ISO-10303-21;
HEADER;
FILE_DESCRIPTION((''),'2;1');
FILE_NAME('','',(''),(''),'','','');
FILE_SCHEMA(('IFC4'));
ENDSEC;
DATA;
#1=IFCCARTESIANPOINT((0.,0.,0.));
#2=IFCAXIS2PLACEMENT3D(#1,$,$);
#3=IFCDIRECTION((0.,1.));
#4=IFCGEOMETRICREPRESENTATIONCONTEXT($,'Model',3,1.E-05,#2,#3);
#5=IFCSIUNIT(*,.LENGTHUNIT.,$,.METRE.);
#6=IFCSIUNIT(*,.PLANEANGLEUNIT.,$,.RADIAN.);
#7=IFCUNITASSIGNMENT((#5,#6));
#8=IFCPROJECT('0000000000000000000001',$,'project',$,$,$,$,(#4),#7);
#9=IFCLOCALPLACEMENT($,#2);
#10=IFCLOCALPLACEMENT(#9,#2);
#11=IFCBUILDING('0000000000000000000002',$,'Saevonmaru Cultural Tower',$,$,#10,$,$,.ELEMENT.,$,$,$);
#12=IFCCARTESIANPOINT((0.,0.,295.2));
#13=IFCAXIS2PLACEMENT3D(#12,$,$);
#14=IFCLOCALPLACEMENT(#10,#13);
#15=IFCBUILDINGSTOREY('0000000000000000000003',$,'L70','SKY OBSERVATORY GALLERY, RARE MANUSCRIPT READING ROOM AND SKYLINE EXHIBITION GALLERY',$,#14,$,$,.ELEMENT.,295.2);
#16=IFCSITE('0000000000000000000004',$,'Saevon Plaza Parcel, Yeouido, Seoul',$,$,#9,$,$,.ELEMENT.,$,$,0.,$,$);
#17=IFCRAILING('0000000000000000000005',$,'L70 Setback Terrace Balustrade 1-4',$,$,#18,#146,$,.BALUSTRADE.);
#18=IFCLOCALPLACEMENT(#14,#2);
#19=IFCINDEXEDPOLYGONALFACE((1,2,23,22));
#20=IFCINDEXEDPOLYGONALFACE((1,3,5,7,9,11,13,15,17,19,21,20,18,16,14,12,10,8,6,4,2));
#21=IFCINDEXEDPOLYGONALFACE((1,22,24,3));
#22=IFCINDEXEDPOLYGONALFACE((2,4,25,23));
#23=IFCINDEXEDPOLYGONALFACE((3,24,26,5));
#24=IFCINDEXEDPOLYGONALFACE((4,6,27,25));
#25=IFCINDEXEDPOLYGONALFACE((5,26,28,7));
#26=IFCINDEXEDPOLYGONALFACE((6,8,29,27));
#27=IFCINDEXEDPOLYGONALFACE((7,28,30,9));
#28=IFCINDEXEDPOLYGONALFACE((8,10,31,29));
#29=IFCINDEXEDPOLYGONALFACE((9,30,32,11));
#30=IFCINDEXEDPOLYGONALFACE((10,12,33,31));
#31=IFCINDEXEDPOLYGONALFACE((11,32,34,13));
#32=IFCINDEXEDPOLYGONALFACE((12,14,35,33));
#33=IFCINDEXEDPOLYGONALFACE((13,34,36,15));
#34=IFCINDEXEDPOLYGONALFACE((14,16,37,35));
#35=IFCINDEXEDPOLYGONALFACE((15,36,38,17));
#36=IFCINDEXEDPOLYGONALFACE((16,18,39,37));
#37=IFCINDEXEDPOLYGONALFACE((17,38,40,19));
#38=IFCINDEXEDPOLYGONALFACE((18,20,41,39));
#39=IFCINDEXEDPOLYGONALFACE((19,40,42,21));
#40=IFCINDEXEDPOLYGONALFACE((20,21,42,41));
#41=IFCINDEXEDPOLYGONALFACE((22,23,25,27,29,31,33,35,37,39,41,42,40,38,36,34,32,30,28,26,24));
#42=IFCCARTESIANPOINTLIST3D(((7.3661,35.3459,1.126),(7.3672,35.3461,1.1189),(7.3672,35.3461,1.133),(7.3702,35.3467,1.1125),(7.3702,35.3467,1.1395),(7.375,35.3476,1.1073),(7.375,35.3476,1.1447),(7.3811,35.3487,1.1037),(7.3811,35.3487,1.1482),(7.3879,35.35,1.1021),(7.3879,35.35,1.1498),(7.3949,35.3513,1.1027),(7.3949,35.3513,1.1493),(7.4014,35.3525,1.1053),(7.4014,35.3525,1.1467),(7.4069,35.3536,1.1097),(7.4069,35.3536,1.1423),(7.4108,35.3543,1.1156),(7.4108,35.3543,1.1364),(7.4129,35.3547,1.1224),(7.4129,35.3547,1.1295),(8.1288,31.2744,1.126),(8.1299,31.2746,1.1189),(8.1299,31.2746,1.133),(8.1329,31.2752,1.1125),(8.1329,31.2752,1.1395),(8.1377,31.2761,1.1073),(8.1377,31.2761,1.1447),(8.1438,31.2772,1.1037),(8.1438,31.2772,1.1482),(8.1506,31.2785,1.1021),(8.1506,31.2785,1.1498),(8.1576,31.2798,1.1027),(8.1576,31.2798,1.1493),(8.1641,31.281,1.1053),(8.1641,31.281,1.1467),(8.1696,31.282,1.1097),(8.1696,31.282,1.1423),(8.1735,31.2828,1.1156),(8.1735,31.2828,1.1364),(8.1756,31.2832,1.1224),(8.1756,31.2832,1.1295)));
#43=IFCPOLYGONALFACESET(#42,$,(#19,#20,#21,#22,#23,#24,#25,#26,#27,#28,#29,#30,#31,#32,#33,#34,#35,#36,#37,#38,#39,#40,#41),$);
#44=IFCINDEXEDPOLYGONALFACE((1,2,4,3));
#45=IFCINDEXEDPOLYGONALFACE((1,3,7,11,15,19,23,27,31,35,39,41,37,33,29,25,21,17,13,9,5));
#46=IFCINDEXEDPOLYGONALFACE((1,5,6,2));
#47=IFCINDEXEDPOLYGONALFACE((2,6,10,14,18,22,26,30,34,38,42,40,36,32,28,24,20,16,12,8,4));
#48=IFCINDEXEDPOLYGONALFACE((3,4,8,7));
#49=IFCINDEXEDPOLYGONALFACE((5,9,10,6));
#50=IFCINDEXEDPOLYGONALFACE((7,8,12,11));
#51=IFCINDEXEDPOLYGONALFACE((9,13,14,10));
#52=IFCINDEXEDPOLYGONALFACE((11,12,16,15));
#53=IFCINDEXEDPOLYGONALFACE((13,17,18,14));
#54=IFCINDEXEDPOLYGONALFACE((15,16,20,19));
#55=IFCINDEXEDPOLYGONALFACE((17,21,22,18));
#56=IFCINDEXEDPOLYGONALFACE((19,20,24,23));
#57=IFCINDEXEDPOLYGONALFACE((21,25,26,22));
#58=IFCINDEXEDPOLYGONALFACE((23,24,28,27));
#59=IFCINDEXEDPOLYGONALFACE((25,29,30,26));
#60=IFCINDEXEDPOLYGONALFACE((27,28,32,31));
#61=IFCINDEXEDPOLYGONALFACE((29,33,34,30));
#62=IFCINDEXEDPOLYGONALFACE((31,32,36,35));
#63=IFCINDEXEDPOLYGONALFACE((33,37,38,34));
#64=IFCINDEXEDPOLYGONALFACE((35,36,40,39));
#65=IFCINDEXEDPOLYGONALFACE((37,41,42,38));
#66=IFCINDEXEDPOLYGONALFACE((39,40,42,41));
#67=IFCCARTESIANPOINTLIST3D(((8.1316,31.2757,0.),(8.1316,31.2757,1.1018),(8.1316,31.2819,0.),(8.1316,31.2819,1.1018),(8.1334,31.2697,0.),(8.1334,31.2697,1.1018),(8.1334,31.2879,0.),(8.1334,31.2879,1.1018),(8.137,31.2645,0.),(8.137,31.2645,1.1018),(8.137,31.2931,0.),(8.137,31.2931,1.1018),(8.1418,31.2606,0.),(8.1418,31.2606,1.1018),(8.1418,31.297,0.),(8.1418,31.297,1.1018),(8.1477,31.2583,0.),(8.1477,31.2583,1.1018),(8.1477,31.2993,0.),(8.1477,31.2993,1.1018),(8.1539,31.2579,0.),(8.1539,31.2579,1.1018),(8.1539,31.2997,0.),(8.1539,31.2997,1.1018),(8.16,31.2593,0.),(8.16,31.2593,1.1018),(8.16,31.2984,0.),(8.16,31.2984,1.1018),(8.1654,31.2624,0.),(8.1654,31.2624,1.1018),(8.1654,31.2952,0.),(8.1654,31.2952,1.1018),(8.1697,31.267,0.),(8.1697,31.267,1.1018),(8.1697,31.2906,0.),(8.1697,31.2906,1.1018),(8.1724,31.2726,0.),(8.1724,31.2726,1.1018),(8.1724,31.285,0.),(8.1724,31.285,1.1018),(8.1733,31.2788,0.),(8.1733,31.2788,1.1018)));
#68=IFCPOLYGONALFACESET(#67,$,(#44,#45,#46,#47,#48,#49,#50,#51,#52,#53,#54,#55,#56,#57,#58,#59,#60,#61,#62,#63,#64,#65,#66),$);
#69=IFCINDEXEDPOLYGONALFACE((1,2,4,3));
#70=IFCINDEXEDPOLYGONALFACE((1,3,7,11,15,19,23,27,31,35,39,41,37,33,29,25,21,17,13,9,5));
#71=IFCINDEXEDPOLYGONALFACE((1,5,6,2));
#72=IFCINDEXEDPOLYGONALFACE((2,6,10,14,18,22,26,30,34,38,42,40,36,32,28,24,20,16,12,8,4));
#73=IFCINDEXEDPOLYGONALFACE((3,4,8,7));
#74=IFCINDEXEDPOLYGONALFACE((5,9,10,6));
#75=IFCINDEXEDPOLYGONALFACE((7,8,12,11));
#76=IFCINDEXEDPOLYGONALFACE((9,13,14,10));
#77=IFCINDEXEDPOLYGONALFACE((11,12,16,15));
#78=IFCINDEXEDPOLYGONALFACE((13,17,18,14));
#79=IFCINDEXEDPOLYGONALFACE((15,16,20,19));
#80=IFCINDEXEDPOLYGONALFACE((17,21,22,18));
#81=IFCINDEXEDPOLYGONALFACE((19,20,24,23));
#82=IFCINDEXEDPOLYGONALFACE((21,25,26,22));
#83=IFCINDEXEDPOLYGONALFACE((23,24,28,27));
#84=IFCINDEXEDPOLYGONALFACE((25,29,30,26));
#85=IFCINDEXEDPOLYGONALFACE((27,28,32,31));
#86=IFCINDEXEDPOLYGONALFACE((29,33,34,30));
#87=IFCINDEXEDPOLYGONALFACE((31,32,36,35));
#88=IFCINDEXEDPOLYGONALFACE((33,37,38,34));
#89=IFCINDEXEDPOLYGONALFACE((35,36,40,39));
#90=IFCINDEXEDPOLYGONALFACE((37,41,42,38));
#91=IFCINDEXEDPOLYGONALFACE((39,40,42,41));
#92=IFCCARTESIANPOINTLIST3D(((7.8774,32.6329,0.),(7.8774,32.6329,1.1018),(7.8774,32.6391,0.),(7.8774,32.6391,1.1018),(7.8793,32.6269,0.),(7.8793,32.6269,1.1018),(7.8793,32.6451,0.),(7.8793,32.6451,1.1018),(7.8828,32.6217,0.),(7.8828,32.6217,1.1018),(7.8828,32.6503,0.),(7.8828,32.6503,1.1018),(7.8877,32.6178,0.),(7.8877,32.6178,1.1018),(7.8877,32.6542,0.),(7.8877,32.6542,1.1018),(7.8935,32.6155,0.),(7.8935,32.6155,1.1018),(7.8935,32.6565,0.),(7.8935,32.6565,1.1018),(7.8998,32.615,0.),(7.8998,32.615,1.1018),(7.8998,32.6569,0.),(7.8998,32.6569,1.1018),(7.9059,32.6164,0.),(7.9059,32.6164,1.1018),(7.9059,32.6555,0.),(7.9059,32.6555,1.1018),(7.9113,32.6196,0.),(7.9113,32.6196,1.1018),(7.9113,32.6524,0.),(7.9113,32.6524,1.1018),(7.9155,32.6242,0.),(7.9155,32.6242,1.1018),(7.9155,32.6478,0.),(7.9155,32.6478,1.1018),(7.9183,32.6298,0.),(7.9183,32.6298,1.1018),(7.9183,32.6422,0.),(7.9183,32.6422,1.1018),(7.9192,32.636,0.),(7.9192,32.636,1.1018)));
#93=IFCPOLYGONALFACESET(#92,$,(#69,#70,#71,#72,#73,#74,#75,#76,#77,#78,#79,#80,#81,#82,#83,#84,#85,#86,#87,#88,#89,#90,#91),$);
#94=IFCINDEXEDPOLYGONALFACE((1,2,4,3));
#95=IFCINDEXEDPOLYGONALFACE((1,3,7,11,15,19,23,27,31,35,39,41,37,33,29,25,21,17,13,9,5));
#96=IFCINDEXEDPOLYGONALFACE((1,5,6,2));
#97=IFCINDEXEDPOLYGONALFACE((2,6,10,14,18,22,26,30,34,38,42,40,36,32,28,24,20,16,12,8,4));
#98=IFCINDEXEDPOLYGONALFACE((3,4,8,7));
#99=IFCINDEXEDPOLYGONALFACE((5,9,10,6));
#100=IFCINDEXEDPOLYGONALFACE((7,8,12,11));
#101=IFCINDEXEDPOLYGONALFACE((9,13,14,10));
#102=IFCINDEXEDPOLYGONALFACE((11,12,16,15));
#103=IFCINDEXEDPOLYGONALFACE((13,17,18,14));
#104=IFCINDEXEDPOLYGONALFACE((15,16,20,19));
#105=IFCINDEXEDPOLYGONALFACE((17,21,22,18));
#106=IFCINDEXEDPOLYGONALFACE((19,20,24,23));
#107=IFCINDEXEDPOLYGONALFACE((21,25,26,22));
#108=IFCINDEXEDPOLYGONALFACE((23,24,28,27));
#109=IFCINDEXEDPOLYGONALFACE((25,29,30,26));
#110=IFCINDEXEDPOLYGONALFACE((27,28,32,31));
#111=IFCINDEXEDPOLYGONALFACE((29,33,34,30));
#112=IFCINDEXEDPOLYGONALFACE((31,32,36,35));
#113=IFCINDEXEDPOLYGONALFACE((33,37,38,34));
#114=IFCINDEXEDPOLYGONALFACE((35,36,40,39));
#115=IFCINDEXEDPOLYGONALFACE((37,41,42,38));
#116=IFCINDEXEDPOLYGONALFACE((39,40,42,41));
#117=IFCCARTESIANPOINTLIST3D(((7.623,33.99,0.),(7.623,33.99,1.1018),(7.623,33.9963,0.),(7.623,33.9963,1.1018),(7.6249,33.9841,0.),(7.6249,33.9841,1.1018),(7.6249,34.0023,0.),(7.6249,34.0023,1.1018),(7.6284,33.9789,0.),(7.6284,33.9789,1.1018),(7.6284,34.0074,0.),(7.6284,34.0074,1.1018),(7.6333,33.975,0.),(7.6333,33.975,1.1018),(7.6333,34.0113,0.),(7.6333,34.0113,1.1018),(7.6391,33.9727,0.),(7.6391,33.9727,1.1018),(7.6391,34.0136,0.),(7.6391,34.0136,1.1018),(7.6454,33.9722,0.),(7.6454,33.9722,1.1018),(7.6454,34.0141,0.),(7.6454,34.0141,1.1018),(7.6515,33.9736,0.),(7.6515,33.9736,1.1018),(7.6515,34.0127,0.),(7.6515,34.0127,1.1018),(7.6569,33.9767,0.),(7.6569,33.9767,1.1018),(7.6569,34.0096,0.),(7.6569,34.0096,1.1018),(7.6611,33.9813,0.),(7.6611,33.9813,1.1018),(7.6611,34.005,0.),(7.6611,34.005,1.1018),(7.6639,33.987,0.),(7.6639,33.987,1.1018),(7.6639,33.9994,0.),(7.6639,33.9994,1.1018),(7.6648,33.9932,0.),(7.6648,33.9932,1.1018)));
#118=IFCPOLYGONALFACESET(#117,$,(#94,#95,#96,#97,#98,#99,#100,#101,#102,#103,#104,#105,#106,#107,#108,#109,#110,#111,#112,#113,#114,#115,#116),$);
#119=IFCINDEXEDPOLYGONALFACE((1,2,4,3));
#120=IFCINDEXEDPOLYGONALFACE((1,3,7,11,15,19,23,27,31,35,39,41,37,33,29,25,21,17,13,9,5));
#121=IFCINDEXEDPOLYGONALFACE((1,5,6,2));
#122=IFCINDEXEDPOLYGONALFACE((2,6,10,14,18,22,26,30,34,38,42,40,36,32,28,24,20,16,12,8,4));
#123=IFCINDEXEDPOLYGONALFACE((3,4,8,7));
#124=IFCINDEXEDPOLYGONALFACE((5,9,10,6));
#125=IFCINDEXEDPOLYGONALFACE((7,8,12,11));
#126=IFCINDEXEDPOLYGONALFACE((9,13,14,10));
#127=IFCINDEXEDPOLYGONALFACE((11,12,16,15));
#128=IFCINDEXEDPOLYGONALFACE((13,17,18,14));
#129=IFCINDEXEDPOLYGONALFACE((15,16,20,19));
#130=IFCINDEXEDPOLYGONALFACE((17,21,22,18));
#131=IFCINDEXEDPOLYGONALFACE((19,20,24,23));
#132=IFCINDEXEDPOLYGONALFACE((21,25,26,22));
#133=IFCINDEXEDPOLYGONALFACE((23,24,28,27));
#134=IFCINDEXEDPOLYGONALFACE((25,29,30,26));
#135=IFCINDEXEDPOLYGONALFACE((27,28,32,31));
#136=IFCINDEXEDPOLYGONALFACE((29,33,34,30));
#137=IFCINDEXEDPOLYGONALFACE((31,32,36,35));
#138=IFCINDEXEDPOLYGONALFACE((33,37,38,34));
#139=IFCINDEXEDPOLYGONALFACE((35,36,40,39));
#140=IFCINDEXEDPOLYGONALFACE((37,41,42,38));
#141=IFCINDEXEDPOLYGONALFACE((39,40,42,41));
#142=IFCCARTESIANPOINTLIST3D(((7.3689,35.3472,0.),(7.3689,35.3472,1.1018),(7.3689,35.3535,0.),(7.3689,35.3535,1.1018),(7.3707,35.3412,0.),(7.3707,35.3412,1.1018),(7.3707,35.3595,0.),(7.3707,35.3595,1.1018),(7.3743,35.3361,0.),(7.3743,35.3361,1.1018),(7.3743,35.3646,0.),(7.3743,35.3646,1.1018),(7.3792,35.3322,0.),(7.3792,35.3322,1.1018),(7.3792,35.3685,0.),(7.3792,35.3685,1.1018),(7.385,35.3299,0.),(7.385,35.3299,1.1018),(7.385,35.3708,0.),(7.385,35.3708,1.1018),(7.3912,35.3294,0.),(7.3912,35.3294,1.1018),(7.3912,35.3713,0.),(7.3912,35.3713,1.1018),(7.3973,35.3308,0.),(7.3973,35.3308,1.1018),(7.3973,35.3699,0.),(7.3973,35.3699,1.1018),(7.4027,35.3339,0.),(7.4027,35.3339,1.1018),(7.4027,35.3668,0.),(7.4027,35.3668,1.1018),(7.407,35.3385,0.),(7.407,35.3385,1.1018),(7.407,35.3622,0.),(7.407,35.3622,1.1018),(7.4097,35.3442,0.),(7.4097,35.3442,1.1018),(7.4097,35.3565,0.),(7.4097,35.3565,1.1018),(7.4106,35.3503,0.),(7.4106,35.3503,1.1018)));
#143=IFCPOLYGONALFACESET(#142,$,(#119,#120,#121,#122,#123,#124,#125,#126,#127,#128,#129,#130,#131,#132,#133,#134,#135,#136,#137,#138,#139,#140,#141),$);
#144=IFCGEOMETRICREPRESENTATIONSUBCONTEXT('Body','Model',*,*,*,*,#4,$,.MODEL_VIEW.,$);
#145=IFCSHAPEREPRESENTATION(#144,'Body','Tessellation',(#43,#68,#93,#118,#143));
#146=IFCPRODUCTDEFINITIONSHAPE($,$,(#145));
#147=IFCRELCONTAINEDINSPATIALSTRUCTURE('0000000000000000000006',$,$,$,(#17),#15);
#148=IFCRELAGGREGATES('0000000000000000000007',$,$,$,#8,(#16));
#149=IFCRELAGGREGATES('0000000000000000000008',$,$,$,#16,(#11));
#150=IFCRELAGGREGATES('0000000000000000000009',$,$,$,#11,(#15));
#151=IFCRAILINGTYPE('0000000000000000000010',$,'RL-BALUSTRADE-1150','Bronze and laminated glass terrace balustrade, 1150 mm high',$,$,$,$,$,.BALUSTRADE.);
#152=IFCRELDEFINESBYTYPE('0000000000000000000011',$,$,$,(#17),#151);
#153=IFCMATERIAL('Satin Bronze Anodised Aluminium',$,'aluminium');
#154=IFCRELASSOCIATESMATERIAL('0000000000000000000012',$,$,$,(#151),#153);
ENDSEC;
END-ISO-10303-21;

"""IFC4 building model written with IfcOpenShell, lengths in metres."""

from ifc_helpers import new_model, si_unit, direction, frame, origin, origin_2d, place, context, subcontext, project, spatial, circle, extrude, material, type_object, element, save


model = new_model("IFC4")

# Units and contexts
model_context = context("Model", 3, precision=1e-05, world=origin(), true_north=direction((0.0, 1.0)))
body_context = subcontext(model_context, "Body", "Model", "MODEL_VIEW")
ifc_project = project(units=[si_unit("LENGTHUNIT", "METRE"), si_unit("PLANEANGLEUNIT", "RADIAN")], contexts=[model_context])

# Site, building, storey
site_placement = place(None, origin())
site = spatial("IfcSite", under=ifc_project, at=site_placement, Name="Saevon Plaza Parcel, Yeouido, Seoul", CompositionType="ELEMENT", RefElevation=0.0)
building_placement = place(site_placement, origin())
building = spatial("IfcBuilding", under=site, at=building_placement, Name="Saevonmaru Cultural Tower", CompositionType="ELEMENT")
storey_placement = place(building_placement, frame((0.0, 0.0, 295.2)))
storey = spatial("IfcBuildingStorey", under=building, at=storey_placement, Name="L70", Description="SKY OBSERVATORY GALLERY, RARE MANUSCRIPT READING ROOM AND SKYLINE EXHIBITION GALLERY", CompositionType="ELEMENT", Elevation=295.2)

# Shared definitions
ifc_material_1 = material(Name="Satin Bronze Anodised Aluminium", Category="aluminium")

# Railing
railing_type = type_object("IfcRailingType", Name="RL-BALUSTRADE-1150", Description="Bronze and laminated glass terrace balustrade, 1150 mm high", PredefinedType="BALUSTRADE", material=ifc_material_1)
railing_1_placement = place(storey_placement, frame((8.1523, 31.2788, 0.0)))
element("IfcRailing", 1, at=railing_1_placement, inside=storey, type_object=railing_type, Name="L70 Setback Terrace Balustrade 1-4", PredefinedType="BALUSTRADE", context=body_context, shape_type="SweptSolid", body=[
    extrude(circle(Radius=0.0239, at=origin_2d()), frame((0.0, 0.0, 1.126), z_axis=(-0.184121, 0.982904, 0.0), x_axis=(-0.982904, -0.184121, 0.0)), (0.0, 0.0, 1.0), 4.1423),
    extrude(circle(Radius=0.021, at=origin_2d()), origin(), (0.0, 0.0, 1.0), 1.1018),
    extrude(circle(Radius=0.021, at=origin_2d()), frame((-0.2542, 1.3572, 0.0)), (0.0, 0.0, 1.0), 1.1018),
    extrude(circle(Radius=0.021, at=origin_2d()), frame((-0.5085, 2.7144, 0.0)), (0.0, 0.0, 1.0), 1.1018),
    extrude(circle(Radius=0.021, at=origin_2d()), frame((-0.7627, 4.0715, 0.0)), (0.0, 0.0, 1.0), 1.1018),
])

save(model, "model.ifc")
